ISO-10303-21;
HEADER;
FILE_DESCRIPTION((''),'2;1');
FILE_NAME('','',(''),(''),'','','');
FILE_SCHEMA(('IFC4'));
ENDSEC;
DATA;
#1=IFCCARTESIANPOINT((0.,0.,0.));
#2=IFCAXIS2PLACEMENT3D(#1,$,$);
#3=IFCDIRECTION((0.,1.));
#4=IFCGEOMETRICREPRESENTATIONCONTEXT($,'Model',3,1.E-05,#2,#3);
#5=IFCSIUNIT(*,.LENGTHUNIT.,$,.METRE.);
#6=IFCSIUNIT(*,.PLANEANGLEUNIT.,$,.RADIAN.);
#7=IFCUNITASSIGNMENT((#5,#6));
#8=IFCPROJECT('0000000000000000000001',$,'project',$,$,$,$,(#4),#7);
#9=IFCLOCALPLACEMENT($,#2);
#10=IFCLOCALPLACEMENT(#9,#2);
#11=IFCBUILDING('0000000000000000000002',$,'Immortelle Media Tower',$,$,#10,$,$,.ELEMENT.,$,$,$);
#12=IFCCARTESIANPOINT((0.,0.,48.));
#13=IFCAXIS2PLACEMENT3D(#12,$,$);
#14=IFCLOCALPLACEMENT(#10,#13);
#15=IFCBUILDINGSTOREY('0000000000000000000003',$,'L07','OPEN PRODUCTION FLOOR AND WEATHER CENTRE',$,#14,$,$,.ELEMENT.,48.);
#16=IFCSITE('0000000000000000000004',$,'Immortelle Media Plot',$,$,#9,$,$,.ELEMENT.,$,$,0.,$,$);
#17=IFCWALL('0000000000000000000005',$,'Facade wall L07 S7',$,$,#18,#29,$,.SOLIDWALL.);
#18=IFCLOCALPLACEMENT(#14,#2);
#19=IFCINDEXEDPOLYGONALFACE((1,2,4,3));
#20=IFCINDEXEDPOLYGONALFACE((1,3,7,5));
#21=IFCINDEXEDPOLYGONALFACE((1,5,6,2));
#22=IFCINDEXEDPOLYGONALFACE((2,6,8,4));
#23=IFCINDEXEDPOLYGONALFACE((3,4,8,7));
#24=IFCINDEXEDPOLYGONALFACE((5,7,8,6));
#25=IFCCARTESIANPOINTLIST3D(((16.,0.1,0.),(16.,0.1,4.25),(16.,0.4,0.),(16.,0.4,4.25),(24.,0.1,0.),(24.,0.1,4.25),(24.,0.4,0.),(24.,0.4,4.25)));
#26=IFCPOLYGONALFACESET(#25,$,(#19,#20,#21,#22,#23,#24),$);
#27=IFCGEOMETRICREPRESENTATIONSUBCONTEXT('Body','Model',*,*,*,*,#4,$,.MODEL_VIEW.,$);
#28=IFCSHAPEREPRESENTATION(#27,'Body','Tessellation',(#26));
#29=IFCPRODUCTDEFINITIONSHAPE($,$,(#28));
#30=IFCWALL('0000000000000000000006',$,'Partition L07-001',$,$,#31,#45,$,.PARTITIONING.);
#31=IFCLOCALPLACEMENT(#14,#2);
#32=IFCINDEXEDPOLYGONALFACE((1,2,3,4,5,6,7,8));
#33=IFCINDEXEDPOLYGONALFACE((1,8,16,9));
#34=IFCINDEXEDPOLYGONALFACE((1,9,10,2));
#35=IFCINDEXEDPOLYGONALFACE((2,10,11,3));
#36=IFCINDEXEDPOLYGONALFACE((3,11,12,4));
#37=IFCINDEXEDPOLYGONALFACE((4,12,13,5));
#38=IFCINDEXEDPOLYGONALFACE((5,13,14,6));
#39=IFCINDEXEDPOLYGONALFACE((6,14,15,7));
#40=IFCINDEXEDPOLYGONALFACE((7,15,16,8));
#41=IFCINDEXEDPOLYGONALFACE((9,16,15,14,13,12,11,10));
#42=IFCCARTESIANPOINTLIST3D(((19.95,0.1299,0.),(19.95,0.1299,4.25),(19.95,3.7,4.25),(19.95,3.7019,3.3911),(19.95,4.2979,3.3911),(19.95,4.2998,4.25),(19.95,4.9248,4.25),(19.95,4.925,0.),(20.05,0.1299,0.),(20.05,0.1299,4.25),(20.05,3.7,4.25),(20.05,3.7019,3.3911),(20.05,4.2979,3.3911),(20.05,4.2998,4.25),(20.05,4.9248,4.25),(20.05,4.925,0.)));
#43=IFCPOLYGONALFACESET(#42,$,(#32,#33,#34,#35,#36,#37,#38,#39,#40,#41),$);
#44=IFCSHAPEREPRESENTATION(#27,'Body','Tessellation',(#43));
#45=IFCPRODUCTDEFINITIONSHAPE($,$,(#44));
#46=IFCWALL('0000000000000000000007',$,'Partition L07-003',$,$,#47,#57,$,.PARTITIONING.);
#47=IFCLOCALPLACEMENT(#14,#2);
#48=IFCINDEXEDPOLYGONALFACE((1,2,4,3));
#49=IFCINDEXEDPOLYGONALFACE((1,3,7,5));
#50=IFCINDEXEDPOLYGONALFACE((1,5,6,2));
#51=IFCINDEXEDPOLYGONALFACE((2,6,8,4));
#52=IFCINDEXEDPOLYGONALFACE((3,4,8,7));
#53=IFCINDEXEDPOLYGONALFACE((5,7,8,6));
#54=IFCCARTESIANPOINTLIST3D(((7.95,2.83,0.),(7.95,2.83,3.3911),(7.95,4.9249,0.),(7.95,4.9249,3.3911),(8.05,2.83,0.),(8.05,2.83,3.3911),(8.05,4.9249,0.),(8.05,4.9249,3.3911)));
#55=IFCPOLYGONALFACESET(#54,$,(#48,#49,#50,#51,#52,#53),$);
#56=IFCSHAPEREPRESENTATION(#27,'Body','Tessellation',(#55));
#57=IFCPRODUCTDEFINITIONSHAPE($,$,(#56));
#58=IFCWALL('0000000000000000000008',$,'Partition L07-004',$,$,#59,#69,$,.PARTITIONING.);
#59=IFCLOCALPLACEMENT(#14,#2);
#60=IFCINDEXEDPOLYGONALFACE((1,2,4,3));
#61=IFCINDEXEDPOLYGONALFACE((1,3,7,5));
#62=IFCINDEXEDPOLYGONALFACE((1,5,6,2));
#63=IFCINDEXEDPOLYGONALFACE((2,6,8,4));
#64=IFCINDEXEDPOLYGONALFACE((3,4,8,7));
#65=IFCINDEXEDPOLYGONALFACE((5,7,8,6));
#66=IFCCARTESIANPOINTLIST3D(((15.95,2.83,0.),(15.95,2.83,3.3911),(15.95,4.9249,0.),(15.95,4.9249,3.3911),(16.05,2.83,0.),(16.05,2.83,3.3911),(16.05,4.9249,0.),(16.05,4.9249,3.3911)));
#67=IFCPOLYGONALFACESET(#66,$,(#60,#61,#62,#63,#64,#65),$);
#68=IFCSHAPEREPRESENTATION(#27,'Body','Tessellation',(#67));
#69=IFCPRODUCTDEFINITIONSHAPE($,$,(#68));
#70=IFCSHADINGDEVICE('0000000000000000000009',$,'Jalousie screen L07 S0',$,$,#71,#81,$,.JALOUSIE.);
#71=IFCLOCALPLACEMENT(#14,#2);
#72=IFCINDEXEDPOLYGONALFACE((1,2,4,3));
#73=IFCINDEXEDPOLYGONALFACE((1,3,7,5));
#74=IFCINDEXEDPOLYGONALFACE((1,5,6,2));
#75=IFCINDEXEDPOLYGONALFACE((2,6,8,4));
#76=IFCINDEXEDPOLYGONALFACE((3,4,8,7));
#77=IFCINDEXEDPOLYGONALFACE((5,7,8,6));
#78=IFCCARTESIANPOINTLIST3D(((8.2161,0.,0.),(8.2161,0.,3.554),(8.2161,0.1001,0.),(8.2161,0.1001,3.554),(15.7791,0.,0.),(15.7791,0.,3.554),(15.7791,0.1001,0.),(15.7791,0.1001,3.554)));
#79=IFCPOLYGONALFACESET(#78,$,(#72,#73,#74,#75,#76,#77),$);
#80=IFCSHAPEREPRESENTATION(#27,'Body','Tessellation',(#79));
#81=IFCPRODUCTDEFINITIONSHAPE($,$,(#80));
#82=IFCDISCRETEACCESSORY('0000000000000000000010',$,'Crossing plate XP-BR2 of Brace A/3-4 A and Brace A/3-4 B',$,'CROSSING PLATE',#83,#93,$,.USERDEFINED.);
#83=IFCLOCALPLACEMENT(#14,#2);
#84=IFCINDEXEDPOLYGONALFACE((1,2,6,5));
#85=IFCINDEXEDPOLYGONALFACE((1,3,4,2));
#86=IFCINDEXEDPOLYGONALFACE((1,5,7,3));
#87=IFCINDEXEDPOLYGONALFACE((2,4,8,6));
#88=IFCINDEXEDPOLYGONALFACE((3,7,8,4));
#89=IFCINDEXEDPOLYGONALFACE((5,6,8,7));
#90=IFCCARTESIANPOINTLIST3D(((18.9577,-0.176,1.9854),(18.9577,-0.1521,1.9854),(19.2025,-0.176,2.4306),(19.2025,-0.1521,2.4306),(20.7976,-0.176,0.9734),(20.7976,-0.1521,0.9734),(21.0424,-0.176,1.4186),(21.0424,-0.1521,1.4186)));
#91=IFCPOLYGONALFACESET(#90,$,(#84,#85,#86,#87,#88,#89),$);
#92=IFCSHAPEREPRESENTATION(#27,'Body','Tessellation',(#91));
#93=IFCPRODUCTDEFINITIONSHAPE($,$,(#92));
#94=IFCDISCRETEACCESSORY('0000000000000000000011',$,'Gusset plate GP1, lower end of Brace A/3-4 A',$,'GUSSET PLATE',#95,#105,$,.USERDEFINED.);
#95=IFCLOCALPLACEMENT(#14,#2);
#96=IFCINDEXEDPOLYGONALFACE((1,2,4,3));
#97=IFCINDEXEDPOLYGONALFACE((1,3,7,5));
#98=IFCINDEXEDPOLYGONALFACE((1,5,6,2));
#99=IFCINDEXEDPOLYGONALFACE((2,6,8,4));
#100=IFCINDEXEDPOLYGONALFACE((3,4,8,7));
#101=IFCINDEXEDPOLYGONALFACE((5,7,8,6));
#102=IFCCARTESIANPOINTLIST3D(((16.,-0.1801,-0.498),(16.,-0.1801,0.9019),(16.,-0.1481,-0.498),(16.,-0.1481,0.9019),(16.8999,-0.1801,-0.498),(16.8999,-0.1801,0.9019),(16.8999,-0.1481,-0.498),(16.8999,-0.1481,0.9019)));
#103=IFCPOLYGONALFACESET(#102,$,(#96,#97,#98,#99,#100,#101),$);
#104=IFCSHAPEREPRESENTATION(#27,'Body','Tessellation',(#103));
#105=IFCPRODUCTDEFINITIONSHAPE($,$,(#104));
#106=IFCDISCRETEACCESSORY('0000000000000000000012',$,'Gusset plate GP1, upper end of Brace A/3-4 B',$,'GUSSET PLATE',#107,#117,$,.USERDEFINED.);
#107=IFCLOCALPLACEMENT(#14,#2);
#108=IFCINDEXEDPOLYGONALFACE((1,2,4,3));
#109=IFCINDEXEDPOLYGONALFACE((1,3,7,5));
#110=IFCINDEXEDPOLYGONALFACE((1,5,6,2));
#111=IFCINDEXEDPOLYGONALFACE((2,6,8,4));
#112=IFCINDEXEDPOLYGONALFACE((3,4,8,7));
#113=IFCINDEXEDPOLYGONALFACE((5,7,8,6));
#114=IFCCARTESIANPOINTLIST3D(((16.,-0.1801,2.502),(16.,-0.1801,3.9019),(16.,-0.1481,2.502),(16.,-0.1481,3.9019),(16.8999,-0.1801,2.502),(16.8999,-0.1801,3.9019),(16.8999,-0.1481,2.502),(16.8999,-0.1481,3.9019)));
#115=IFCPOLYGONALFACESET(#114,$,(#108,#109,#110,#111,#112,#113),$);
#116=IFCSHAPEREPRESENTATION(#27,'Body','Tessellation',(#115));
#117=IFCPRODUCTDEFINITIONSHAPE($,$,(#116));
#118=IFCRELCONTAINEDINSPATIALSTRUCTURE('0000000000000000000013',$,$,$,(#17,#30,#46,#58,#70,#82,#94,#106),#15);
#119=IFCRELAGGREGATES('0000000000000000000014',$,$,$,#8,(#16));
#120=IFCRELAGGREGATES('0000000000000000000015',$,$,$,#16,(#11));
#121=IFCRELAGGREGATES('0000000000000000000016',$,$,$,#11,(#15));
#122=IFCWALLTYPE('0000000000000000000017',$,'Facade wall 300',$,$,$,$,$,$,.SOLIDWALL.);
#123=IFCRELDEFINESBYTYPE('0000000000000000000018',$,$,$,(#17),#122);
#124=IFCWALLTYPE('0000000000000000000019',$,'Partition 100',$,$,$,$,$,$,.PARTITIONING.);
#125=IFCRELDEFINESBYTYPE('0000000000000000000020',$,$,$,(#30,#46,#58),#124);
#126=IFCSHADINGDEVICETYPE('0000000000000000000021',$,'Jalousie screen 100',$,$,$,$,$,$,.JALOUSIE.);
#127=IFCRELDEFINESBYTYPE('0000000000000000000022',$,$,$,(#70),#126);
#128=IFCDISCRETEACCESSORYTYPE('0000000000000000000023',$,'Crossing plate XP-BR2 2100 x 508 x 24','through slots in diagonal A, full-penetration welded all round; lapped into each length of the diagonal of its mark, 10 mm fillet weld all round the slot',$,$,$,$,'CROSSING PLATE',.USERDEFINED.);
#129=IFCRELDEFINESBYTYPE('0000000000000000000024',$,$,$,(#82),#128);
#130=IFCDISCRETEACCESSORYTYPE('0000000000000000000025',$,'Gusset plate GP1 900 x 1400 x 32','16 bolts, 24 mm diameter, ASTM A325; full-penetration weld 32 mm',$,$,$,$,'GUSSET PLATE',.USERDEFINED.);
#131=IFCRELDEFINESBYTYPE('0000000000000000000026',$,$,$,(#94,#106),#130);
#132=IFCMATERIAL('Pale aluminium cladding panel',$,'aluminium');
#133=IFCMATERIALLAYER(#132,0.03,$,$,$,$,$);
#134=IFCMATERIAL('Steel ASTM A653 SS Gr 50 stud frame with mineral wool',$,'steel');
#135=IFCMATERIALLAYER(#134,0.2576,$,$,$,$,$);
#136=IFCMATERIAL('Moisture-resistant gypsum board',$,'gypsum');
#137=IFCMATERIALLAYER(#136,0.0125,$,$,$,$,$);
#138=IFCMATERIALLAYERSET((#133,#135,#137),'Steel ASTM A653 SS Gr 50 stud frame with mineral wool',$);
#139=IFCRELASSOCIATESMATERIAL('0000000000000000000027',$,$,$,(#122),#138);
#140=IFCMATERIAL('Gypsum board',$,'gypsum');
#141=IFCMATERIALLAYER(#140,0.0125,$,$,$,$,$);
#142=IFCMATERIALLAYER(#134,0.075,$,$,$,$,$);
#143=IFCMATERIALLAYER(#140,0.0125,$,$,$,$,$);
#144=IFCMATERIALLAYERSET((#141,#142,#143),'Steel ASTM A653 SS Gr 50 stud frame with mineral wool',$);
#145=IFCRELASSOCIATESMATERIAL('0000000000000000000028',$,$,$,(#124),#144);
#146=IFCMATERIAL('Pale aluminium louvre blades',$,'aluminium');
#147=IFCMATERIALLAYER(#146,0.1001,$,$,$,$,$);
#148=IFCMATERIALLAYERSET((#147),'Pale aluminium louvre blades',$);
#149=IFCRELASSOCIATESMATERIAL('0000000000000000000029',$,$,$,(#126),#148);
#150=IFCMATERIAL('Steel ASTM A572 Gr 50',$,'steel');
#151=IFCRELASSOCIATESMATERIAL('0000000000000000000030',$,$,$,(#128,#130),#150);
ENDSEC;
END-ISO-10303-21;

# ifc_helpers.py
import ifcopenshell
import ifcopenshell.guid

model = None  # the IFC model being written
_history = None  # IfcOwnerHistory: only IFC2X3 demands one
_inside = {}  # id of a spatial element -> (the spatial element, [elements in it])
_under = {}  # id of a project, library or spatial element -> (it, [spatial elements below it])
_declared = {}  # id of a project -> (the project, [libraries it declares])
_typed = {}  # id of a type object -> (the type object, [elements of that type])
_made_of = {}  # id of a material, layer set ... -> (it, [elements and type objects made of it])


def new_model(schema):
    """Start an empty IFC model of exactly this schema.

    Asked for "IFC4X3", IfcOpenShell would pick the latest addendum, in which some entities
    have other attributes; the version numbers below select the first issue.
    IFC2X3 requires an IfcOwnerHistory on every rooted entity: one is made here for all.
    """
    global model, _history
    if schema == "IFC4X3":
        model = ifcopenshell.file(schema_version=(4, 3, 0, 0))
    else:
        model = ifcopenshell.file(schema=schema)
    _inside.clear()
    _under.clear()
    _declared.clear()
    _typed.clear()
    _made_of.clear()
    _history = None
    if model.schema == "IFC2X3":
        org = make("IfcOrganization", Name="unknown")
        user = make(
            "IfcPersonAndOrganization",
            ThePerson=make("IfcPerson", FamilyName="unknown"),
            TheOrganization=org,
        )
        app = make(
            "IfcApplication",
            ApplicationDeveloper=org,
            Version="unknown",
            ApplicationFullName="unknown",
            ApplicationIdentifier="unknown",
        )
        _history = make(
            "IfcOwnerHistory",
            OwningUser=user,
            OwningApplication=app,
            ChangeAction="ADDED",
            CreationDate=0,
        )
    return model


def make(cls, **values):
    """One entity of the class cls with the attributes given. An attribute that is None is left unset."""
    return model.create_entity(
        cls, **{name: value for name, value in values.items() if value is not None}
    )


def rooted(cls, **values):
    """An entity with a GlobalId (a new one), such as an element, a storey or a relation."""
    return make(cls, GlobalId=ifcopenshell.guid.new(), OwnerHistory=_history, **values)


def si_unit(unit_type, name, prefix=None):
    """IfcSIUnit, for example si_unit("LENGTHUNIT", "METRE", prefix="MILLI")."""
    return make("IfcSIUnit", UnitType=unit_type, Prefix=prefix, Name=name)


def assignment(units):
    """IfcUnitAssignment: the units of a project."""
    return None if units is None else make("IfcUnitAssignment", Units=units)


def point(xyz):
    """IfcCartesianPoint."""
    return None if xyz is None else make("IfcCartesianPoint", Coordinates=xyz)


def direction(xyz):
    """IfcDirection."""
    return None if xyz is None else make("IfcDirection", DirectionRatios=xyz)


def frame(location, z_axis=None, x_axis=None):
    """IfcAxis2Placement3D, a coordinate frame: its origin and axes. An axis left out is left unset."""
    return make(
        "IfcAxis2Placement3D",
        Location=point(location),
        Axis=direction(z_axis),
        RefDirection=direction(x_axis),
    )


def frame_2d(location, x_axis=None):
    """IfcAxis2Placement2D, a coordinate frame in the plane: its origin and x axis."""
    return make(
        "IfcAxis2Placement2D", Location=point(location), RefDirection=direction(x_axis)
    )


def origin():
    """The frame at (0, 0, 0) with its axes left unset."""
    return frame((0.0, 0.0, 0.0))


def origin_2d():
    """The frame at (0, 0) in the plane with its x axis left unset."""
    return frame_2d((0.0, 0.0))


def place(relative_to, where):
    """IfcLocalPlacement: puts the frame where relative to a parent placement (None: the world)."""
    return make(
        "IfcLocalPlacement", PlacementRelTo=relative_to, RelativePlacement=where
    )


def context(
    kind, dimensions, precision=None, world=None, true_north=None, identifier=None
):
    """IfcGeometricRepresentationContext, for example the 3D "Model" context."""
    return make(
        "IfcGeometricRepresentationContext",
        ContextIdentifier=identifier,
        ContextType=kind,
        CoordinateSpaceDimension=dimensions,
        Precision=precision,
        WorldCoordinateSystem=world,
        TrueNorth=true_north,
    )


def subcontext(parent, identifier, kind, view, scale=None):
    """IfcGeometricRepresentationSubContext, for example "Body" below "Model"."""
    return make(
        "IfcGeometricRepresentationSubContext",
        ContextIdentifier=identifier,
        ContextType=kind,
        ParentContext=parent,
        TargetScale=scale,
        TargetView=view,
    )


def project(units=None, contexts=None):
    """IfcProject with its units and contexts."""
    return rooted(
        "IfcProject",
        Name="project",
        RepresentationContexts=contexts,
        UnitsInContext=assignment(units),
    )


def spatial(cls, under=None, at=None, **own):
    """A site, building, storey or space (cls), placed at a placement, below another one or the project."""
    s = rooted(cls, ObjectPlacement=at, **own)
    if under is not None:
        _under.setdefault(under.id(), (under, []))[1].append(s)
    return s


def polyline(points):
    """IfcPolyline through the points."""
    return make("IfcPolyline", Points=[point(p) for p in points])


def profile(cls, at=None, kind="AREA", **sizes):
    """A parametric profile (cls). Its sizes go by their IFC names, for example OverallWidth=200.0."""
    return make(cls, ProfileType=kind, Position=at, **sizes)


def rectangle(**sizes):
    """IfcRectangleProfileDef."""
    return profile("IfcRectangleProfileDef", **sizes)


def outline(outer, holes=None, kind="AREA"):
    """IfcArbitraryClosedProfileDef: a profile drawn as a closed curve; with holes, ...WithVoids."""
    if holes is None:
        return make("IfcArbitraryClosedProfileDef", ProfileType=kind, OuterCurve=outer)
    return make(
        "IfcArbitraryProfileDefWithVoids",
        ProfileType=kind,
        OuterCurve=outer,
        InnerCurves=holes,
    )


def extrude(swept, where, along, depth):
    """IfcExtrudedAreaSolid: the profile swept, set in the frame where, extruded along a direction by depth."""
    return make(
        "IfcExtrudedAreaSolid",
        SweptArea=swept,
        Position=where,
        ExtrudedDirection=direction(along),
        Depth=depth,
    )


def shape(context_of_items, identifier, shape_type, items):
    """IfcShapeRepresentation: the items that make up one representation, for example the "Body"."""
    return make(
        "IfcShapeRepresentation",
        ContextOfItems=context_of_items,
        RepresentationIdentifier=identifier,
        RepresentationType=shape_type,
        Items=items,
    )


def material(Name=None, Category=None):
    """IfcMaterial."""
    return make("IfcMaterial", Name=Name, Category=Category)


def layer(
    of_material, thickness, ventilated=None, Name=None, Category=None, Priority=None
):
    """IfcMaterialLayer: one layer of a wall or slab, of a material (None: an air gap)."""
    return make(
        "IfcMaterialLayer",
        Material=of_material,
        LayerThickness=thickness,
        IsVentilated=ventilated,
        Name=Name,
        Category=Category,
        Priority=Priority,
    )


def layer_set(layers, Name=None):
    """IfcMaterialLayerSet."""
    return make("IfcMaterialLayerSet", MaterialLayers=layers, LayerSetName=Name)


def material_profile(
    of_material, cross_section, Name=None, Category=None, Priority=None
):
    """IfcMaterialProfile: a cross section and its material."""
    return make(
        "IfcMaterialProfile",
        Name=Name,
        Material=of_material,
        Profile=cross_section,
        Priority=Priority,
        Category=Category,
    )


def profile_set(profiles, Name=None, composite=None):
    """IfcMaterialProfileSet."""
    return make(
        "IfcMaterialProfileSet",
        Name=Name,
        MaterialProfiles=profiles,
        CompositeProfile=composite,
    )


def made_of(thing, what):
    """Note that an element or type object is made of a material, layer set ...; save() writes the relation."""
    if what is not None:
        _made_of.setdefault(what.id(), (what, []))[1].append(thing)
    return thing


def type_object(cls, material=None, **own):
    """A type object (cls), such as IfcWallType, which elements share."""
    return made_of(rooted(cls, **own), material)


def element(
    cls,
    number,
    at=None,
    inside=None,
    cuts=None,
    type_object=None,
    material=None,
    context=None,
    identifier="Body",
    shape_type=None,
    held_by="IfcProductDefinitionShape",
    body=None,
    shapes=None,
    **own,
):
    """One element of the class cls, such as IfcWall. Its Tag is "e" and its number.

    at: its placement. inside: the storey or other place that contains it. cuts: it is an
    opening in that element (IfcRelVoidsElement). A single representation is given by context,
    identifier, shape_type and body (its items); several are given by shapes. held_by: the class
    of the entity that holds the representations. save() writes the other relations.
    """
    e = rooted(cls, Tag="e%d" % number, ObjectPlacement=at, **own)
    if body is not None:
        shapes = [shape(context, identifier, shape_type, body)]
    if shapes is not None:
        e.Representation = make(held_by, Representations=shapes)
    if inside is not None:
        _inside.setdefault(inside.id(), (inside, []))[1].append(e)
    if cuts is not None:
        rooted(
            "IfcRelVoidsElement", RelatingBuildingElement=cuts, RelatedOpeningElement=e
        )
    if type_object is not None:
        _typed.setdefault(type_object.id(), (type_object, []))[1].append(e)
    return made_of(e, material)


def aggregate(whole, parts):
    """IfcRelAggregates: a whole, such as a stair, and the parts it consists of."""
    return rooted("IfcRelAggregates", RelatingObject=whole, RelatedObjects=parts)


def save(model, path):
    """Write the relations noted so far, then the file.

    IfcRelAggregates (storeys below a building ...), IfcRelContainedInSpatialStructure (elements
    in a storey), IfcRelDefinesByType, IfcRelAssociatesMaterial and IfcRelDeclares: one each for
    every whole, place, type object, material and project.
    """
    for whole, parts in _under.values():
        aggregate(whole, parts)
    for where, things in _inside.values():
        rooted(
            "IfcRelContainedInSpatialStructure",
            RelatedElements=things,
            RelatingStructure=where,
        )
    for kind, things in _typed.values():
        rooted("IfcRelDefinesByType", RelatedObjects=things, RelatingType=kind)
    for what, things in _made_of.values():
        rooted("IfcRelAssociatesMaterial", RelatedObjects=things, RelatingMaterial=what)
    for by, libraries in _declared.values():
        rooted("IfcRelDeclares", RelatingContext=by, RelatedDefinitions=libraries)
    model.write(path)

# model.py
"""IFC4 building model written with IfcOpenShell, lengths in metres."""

from ifc_helpers import new_model, si_unit, direction, frame, frame_2d, origin, origin_2d, place, context, subcontext, project, spatial, polyline, rectangle, outline, extrude, material, layer, layer_set, material_profile, profile_set, type_object, element, save


model = new_model("IFC4")

# Units and contexts
model_context = context("Model", 3, precision=1e-05, world=origin(), true_north=direction((0.0, 1.0)))
body_context = subcontext(model_context, "Body", "Model", "MODEL_VIEW")
ifc_project = project(units=[si_unit("LENGTHUNIT", "METRE"), si_unit("PLANEANGLEUNIT", "RADIAN")], contexts=[model_context])

# Site, building, storey
site_placement = place(None, origin())
site = spatial("IfcSite", under=ifc_project, at=site_placement, Name="Immortelle Media Plot", CompositionType="ELEMENT", RefElevation=0.0)
building_placement = place(site_placement, origin())
building = spatial("IfcBuilding", under=site, at=building_placement, Name="Immortelle Media Tower", CompositionType="ELEMENT")
storey_placement = place(building_placement, frame((0.0, 0.0, 48.0)))
storey = spatial("IfcBuildingStorey", under=building, at=storey_placement, Name="L07", Description="OPEN PRODUCTION FLOOR AND WEATHER CENTRE", CompositionType="ELEMENT", Elevation=48.0)

# Shared definitions
ifc_material_1 = material(Name="Steel ASTM A653 SS Gr 50 stud frame with mineral wool", Category="steel")

# Shared definitions
ifc_material_2 = material(Name="Pale aluminium cladding panel", Category="aluminium")
ifc_layer_1 = layer(ifc_material_2, 0.03)
ifc_layer_2 = layer(ifc_material_1, 0.2576)
ifc_material_3 = material(Name="Moisture-resistant gypsum board", Category="gypsum")
ifc_layer_3 = layer(ifc_material_3, 0.0125)
ifc_layer_set_1 = layer_set([ifc_layer_1, ifc_layer_2, ifc_layer_3], Name="Steel ASTM A653 SS Gr 50 stud frame with mineral wool")
wall_type_1 = type_object("IfcWallType", Name="Facade wall 300", PredefinedType="SOLIDWALL", material=ifc_layer_set_1)

# Walls
wall_1_placement = place(storey_placement, frame((16.0, 0.25, 0.0), z_axis=(0.0, 0.0, 1.0), x_axis=(1.0, 0.0, 0.0)))
element("IfcWall", 1, at=wall_1_placement, inside=storey, type_object=wall_type_1, Name="Facade wall L07 S7", PredefinedType="SOLIDWALL", context=body_context, shape_type="SweptSolid", body=[
    extrude(rectangle(XDim=8.0, YDim=0.3, at=frame_2d((4.0, 0.0))), origin(), (0.0, 0.0, 1.0), 4.25),
])
ifc_material_4 = material(Name="Gypsum board", Category="gypsum")
ifc_layer_4 = layer(ifc_material_4, 0.0125)
ifc_layer_5 = layer(ifc_material_1, 0.075)
ifc_layer_6 = layer(ifc_material_4, 0.0125)
ifc_layer_set_2 = layer_set([ifc_layer_4, ifc_layer_5, ifc_layer_6], Name="Steel ASTM A653 SS Gr 50 stud frame with mineral wool")
wall_type_2 = type_object("IfcWallType", Name="Partition 100", PredefinedType="PARTITIONING", material=ifc_layer_set_2)
wall_2_placement = place(storey_placement, frame((20.0, 0.1299, 0.0), z_axis=(0.0, 0.0, 1.0), x_axis=(0.0, 1.0, 0.0)))
element("IfcWall", 2, at=wall_2_placement, inside=storey, type_object=wall_type_2, Name="Partition L07-001", PredefinedType="PARTITIONING", context=body_context, shape_type="SweptSolid", body=[
    extrude(outline(polyline([(0.0, 0.0), (4.7952, 0.0), (4.7949, 4.25), (4.1699, 4.25), (4.168, 3.3911), (3.572, 3.3911), (3.5701, 4.25), (0.0, 4.25), (0.0, 0.0)])), frame((0.0, 0.05, 0.0), z_axis=(0.0, -1.0, 0.0), x_axis=(1.0, 0.0, 0.0)), (0.0, 0.0, 1.0), 0.1001),
])
for number, where, z_axis, x_axis, name in (
    (3, (8.0, 2.8301, 0.0), (0.0, 0.0, 1.0), (0.0, 1.0, 0.0), "Partition L07-003"),
    (4, (16.0, 2.8301, 0.0), (0.0, 0.0, 1.0), (0.0, 1.0, 0.0), "Partition L07-004"),
):
    element("IfcWall", number, at=place(storey_placement, frame(where, z_axis=z_axis, x_axis=x_axis)), inside=storey, type_object=wall_type_2, Name=name, PredefinedType="PARTITIONING", context=body_context, shape_type="SweptSolid", body=[
        extrude(rectangle(XDim=2.095, YDim=0.1001, at=frame_2d((1.0474, 0.0))), origin(), (0.0, 0.0, 1.0), 3.3911),
    ])

# Shading device
ifc_material_5 = material(Name="Pale aluminium louvre blades", Category="aluminium")
ifc_layer_7 = layer(ifc_material_5, 0.1001)
ifc_layer_set_3 = layer_set([ifc_layer_7], Name="Pale aluminium louvre blades")
shading_device_type = type_object("IfcShadingDeviceType", Name="Jalousie screen 100", PredefinedType="JALOUSIE", material=ifc_layer_set_3)
shading_device_placement = place(storey_placement, frame((11.9976, 0.05, 0.0), z_axis=(0.0, 0.0, 1.0), x_axis=(1.0, 0.0, 0.0)))
element("IfcShadingDevice", 5, at=shading_device_placement, inside=storey, type_object=shading_device_type, Name="Jalousie screen L07 S0", PredefinedType="JALOUSIE", context=body_context, shape_type="SweptSolid", body=[
    extrude(rectangle(XDim=7.563, YDim=0.1001, at=origin_2d()), origin(), (0.0, 0.0, 1.0), 3.554),
])

# Discrete accessories
ifc_material_6 = material(Name="Steel ASTM A572 Gr 50", Category="steel")
ifc_material_profile_1 = material_profile(ifc_material_6, rectangle(XDim=0.0239, YDim=0.5081, at=origin_2d()), Name="PL 24 x 508")
ifc_profile_set_1 = profile_set([ifc_material_profile_1], Name="Steel ASTM A572 Gr 50")
discrete_accessory_type_1 = type_object("IfcDiscreteAccessoryType", Name="Crossing plate XP-BR2 2100 x 508 x 24", Description="through slots in diagonal A, full-penetration welded all round; lapped into each length of the diagonal of its mark, 10 mm fillet weld all round the slot", ElementType="CROSSING PLATE", PredefinedType="USERDEFINED", material=ifc_profile_set_1)
discrete_accessory_placement = place(storey_placement, frame((19.0801, -0.1641, 2.208), z_axis=(0.876206, 0.0, -0.481937), x_axis=(0.0, 1.0, 0.0)))
element("IfcDiscreteAccessory", 6, at=discrete_accessory_placement, inside=storey, type_object=discrete_accessory_type_1, Name="Crossing plate XP-BR2 of Brace A/3-4 A and Brace A/3-4 B", ObjectType="CROSSING PLATE", PredefinedType="USERDEFINED", context=body_context, shape_type="SweptSolid", body=[
    extrude(rectangle(XDim=0.0239, YDim=0.5081, at=origin_2d()), origin(), (0.0, 0.0, 1.0), 2.0999),
])
ifc_material_profile_2 = material_profile(ifc_material_6, rectangle(XDim=0.032, YDim=1.3999, at=origin_2d()), Name="PL 32 x 1400")
ifc_profile_set_2 = profile_set([ifc_material_profile_2], Name="Steel ASTM A572 Gr 50")
discrete_accessory_type_2 = type_object("IfcDiscreteAccessoryType", Name="Gusset plate GP1 900 x 1400 x 32", Description="16 bolts, 24 mm diameter, ASTM A325; full-penetration weld 32 mm", ElementType="GUSSET PLATE", PredefinedType="USERDEFINED", material=ifc_profile_set_2)
for number, where, z_axis, x_axis, name in (
    (7, (16.0, -0.1641, 0.2019), (1.0, 0.0, 0.0), (0.0, 1.0, 0.0), "Gusset plate GP1, lower end of Brace A/3-4 A"),
    (8, (16.0, -0.1641, 3.2019), (1.0, 0.0, 0.0), (0.0, 1.0, 0.0), "Gusset plate GP1, upper end of Brace A/3-4 B"),
):
    element("IfcDiscreteAccessory", number, at=place(storey_placement, frame(where, z_axis=z_axis, x_axis=x_axis)), inside=storey, type_object=discrete_accessory_type_2, Name=name, ObjectType="GUSSET PLATE", PredefinedType="USERDEFINED", context=body_context, shape_type="SweptSolid", body=[
        extrude(rectangle(XDim=0.032, YDim=1.3999, at=origin_2d()), origin(), (0.0, 0.0, 1.0), 0.8999),
    ])

save(model, "model.ifc")
